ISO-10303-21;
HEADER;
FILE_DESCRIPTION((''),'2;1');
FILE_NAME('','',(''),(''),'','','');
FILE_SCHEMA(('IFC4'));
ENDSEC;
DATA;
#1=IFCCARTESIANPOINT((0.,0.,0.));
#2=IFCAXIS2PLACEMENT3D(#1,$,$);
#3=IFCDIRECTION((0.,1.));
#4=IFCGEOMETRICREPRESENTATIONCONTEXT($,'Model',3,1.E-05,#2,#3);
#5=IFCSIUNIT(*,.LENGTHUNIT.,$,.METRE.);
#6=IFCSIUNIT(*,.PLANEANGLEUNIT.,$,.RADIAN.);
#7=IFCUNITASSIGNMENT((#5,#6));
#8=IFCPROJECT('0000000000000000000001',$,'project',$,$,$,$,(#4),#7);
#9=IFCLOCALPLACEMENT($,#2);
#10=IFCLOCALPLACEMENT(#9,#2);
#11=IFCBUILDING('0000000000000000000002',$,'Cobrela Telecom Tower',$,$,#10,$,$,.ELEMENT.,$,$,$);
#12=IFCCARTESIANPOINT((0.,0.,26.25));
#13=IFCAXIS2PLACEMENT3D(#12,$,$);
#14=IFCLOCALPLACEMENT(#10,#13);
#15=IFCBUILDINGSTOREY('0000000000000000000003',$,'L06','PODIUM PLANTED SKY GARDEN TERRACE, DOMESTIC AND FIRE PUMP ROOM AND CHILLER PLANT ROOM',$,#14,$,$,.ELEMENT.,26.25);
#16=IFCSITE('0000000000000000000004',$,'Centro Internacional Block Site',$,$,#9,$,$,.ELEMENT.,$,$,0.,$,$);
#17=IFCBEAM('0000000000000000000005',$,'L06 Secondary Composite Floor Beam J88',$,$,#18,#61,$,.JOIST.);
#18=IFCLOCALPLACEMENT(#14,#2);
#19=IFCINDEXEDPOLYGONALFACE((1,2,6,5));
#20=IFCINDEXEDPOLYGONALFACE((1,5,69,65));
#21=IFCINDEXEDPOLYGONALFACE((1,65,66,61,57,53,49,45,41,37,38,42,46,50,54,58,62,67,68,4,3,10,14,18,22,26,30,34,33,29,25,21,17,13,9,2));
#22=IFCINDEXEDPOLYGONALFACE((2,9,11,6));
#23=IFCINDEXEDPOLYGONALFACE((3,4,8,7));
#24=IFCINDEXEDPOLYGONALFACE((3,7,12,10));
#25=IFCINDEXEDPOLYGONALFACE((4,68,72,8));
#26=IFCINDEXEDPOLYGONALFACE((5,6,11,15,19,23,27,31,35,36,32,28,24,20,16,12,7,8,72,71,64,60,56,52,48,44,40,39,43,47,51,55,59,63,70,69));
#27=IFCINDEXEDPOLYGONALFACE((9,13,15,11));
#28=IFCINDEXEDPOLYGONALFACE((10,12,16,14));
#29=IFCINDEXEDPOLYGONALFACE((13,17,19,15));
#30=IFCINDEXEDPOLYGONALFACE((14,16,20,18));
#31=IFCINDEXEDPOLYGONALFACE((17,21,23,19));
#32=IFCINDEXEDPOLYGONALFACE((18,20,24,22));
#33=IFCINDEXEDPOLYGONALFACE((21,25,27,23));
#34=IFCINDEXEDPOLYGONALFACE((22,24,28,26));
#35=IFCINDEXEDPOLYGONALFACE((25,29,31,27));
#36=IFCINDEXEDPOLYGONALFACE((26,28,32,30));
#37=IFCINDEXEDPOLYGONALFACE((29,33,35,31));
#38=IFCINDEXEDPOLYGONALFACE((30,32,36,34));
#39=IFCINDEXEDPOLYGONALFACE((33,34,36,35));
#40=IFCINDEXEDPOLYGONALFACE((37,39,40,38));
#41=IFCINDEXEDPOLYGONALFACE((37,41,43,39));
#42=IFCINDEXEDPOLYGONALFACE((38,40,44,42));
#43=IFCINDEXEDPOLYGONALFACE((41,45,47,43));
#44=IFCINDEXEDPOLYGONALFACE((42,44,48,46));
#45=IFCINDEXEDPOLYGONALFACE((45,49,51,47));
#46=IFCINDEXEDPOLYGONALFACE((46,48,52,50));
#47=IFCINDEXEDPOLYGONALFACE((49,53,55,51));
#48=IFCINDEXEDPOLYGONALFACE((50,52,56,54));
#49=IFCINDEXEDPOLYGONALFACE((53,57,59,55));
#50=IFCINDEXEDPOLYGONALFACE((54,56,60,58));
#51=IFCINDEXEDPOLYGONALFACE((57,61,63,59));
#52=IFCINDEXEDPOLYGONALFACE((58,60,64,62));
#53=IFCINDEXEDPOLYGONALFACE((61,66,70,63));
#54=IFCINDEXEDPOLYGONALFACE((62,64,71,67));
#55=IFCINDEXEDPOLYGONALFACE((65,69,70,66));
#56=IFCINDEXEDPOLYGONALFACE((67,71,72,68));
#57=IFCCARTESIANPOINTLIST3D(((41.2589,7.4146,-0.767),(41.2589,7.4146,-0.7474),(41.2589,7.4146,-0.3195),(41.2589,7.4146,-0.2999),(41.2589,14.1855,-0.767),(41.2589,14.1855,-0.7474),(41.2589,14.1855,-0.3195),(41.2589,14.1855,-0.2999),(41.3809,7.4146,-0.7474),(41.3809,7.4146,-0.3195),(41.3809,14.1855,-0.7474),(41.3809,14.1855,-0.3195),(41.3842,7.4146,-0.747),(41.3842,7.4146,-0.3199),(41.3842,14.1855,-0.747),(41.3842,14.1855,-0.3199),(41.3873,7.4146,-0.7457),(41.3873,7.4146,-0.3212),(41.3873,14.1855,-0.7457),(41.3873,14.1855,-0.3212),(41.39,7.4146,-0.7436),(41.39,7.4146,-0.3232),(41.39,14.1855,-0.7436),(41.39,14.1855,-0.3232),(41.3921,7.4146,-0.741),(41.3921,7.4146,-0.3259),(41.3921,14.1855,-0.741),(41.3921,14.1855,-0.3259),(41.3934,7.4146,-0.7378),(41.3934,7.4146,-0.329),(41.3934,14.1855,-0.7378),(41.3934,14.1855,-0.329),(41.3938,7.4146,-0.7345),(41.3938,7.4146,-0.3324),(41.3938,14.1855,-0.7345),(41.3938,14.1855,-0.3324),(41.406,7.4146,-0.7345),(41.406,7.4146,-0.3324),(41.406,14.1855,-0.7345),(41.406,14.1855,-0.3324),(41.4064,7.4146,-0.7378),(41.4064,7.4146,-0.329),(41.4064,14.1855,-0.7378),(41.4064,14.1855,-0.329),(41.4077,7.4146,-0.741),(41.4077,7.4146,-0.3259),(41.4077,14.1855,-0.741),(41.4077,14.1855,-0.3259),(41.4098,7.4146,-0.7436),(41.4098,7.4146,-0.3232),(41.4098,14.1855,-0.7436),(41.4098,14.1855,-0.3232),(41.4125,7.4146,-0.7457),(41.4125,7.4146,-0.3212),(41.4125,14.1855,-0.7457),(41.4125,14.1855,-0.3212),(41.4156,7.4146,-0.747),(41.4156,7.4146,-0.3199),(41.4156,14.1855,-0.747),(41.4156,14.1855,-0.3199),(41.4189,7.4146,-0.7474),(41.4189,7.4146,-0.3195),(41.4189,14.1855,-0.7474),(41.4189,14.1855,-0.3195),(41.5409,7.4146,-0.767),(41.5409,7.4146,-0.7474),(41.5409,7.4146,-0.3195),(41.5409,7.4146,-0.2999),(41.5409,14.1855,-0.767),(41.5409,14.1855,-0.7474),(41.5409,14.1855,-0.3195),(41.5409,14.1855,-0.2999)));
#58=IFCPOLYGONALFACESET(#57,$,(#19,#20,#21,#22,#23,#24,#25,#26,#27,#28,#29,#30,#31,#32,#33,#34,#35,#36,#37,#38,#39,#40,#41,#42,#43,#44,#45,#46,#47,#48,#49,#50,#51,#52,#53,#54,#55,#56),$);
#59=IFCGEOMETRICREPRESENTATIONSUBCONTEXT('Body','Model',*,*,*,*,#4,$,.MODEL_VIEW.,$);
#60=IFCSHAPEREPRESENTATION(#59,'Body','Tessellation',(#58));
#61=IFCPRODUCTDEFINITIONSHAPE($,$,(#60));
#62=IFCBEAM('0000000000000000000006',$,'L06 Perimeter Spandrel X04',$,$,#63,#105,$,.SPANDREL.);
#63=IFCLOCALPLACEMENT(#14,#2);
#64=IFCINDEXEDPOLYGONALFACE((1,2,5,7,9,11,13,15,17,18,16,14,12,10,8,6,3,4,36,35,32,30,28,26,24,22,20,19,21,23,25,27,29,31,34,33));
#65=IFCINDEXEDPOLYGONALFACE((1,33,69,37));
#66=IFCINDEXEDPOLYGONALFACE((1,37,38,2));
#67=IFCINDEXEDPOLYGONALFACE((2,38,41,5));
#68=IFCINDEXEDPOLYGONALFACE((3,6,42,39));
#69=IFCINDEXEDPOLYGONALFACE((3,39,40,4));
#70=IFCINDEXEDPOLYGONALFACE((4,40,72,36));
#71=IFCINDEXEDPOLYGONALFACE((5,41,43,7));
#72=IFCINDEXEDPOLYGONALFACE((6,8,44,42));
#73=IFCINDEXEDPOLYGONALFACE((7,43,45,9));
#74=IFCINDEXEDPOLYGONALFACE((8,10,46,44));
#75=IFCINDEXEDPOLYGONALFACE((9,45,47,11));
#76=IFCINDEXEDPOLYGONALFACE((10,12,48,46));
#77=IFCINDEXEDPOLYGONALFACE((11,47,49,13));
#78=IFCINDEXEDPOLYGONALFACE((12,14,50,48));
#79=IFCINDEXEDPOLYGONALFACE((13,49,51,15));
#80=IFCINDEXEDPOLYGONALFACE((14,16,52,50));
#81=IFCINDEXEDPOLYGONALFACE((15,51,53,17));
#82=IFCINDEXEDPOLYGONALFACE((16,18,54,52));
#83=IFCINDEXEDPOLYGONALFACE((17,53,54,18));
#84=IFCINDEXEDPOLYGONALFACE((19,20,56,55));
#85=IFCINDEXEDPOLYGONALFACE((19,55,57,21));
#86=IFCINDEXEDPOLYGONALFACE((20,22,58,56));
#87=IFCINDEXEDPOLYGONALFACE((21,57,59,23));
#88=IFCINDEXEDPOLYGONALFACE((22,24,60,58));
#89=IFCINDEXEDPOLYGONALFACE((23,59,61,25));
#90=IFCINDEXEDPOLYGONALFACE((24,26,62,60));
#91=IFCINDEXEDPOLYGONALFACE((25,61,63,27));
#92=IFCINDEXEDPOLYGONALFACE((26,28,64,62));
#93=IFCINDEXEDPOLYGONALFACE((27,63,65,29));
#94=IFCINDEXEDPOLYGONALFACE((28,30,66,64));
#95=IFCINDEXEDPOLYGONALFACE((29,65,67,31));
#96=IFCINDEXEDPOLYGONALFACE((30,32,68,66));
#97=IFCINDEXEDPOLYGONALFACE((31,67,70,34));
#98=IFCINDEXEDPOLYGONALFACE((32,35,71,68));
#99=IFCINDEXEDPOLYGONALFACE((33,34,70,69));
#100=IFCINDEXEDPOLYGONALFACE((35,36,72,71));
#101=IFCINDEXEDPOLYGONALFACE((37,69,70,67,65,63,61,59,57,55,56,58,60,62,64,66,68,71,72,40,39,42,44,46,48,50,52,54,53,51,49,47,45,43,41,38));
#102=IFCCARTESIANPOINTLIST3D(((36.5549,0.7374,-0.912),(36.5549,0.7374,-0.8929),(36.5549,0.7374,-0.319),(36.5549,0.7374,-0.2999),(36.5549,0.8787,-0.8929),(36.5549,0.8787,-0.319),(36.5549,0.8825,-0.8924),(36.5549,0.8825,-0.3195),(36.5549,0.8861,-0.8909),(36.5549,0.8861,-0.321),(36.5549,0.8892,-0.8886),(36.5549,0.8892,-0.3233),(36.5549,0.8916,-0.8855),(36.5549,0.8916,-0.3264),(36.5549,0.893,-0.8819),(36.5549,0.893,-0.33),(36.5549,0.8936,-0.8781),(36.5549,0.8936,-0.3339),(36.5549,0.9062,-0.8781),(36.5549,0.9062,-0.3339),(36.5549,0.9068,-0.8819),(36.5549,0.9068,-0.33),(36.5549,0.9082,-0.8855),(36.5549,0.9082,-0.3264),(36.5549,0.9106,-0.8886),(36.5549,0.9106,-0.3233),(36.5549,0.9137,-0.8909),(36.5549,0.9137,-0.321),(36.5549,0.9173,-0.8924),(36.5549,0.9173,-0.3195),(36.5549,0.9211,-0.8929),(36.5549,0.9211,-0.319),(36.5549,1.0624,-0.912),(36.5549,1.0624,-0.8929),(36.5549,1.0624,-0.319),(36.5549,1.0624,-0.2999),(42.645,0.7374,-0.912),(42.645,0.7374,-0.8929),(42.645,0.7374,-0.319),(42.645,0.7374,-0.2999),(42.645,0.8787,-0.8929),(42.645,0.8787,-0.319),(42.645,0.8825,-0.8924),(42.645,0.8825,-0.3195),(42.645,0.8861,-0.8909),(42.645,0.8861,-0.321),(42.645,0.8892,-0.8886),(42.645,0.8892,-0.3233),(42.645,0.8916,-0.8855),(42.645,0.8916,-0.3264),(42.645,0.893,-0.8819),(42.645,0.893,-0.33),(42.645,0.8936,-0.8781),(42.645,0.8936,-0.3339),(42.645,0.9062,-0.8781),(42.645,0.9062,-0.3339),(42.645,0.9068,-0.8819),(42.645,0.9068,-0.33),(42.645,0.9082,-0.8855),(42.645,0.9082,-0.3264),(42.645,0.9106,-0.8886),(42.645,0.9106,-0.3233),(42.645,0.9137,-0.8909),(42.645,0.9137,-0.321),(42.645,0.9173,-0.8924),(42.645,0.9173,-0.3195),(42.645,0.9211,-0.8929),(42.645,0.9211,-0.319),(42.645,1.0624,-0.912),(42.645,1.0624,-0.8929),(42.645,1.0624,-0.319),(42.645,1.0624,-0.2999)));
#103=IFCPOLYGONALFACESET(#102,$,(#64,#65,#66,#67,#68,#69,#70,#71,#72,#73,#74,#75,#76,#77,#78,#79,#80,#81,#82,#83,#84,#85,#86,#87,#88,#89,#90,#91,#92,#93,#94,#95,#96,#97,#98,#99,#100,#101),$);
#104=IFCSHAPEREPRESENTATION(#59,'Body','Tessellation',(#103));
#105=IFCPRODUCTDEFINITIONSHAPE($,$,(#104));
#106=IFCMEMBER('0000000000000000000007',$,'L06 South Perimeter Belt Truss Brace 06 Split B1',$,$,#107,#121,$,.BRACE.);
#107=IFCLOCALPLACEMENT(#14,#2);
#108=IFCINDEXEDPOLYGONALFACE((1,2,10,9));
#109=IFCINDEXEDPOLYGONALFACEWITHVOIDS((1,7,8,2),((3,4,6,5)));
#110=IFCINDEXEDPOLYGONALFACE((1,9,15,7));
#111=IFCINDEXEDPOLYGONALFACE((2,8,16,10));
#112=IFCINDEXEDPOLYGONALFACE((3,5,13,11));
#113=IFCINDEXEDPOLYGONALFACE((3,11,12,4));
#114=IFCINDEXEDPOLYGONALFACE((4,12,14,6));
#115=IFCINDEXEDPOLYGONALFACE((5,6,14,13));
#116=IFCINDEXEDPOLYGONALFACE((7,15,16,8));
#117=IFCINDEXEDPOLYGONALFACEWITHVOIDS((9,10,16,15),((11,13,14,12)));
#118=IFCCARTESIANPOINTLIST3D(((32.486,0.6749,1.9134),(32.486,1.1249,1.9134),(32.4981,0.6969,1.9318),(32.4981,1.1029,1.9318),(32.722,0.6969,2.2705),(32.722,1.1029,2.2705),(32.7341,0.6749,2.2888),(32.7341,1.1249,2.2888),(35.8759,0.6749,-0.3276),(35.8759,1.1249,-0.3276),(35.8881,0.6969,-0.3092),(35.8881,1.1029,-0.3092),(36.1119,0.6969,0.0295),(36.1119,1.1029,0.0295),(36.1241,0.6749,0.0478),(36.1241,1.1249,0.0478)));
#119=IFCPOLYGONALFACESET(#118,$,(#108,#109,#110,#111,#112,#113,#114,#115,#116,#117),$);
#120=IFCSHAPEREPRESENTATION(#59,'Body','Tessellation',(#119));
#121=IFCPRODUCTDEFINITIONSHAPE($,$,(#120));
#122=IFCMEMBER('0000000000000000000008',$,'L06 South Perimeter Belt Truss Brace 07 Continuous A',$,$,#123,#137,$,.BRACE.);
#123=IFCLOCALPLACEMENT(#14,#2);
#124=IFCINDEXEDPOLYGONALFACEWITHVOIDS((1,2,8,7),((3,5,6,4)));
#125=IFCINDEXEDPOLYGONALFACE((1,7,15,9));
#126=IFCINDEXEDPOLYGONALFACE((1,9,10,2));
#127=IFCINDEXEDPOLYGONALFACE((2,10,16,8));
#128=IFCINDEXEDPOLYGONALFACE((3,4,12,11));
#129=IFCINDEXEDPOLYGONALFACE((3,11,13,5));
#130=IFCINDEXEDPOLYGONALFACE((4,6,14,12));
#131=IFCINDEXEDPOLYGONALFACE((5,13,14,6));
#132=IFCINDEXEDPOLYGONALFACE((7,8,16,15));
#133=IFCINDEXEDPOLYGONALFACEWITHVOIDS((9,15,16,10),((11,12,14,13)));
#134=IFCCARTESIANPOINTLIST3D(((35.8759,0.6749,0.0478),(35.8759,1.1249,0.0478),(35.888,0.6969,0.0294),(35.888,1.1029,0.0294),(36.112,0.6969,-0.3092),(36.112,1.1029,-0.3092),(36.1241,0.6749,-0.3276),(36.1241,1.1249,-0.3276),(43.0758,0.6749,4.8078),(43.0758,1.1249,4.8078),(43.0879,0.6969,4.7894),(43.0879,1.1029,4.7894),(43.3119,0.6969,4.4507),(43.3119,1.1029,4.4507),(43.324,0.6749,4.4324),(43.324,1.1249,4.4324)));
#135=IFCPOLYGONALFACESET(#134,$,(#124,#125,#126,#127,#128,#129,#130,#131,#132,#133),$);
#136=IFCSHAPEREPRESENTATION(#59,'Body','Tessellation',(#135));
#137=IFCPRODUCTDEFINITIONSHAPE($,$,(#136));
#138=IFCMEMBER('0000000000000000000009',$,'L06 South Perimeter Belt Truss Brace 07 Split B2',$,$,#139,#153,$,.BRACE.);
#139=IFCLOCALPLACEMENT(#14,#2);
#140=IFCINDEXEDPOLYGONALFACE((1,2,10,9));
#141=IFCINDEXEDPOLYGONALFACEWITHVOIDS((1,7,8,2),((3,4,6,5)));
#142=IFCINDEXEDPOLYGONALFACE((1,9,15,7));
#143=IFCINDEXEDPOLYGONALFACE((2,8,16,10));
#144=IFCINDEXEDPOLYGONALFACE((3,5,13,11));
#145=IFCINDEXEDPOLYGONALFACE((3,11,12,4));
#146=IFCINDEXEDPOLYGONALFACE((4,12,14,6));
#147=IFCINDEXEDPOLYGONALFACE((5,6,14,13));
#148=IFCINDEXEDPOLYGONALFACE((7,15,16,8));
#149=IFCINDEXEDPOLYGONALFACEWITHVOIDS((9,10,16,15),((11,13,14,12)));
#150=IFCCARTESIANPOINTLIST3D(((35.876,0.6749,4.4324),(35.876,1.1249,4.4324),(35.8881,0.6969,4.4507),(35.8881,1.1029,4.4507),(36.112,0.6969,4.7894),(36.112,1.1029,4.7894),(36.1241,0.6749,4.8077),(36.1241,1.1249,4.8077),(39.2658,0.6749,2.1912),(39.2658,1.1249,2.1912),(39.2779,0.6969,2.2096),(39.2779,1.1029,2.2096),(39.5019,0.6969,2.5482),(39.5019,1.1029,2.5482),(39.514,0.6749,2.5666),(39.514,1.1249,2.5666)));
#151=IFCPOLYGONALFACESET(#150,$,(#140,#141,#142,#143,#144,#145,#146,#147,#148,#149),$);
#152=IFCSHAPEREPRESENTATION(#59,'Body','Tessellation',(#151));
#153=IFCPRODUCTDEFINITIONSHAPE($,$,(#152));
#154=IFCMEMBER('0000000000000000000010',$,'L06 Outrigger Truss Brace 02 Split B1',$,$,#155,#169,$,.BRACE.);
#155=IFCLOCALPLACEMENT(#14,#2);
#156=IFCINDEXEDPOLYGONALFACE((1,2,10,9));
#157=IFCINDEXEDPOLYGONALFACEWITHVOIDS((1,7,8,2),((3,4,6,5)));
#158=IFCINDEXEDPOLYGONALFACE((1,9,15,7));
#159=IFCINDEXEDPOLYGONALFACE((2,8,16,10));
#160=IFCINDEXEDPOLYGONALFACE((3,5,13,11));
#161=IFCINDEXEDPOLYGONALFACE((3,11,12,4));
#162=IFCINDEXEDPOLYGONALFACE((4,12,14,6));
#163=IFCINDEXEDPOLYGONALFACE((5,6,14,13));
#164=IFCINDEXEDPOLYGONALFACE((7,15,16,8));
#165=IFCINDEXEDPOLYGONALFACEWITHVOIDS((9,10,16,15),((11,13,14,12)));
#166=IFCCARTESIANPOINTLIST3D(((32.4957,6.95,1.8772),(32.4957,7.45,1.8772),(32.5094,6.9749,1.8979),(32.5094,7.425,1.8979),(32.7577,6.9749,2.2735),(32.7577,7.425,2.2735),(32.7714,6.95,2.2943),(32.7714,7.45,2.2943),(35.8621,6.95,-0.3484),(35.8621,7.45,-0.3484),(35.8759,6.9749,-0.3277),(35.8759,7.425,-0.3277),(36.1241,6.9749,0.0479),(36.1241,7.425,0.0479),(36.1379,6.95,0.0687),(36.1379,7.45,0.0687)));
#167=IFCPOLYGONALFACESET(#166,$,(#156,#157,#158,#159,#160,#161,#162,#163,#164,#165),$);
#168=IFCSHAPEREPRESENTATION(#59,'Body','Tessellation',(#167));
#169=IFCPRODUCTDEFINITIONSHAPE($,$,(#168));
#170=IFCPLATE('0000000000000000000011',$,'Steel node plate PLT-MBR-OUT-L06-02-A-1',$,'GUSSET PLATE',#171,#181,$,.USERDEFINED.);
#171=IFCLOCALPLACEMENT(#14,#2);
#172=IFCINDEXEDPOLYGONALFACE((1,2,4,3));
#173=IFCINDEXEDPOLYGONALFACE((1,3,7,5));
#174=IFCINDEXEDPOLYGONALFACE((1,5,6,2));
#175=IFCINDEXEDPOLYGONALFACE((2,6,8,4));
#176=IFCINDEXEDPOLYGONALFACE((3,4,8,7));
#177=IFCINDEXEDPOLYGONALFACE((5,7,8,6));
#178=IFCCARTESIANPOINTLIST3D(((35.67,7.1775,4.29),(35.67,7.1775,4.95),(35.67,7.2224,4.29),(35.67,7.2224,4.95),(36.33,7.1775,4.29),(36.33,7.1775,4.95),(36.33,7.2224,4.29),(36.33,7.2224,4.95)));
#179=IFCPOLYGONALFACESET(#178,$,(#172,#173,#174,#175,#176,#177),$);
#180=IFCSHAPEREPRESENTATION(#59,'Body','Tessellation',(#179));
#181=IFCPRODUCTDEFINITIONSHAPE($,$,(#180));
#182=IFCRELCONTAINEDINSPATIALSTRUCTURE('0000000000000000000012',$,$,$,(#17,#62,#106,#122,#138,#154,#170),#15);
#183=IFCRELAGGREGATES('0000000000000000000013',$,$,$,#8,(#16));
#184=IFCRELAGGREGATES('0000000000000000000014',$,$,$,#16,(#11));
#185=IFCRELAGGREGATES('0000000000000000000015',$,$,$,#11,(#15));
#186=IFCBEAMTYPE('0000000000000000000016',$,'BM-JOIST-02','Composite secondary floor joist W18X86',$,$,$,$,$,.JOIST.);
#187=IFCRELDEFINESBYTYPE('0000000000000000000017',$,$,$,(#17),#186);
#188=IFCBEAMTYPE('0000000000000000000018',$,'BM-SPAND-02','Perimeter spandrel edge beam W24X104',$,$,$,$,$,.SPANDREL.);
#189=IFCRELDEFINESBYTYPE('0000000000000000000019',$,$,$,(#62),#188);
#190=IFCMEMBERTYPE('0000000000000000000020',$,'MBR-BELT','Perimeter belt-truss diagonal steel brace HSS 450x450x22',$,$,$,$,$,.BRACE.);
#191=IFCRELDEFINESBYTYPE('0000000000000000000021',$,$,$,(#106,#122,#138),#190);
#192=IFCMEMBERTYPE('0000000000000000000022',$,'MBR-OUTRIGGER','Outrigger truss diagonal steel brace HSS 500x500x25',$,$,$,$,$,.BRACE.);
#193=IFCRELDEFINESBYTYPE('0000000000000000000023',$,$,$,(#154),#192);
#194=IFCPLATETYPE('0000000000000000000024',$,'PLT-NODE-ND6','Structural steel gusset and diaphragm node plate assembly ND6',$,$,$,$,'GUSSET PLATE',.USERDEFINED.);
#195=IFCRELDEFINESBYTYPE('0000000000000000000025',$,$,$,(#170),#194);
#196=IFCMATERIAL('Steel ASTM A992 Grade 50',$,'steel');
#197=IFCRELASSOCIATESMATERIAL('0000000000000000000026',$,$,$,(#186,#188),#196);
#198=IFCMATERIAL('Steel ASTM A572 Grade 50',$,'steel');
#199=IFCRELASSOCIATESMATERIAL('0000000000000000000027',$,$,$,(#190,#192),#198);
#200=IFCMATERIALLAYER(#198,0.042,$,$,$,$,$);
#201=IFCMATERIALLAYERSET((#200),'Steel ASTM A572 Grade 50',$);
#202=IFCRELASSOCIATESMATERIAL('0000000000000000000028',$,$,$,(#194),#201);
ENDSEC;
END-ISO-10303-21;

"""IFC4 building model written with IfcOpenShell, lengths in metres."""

from ifc_helpers import new_model, si_unit, direction, frame, origin, origin_2d, place, context, subcontext, project, spatial, rectangle, hollow_rectangle, i_section, extrude, material, layer, layer_set, material_profile, profile_set, type_object, element, save


model = new_model("IFC4")

# Units and contexts
model_context = context("Model", 3, precision=1e-05, world=origin(), true_north=direction((0.0, 1.0)))
body_context = subcontext(model_context, "Body", "Model", "MODEL_VIEW")
ifc_project = project(units=[si_unit("LENGTHUNIT", "METRE"), si_unit("PLANEANGLEUNIT", "RADIAN")], contexts=[model_context])

# Site, building, storey
site_placement = place(None, origin())
site = spatial("IfcSite", under=ifc_project, at=site_placement, Name="Centro Internacional Block Site", CompositionType="ELEMENT", RefElevation=0.0)
building_placement = place(site_placement, origin())
building = spatial("IfcBuilding", under=site, at=building_placement, Name="Cobrela Telecom Tower", CompositionType="ELEMENT")
storey_placement = place(building_placement, frame((0.0, 0.0, 26.25)))
storey = spatial("IfcBuildingStorey", under=building, at=storey_placement, Name="L06", Description="PODIUM PLANTED SKY GARDEN TERRACE, DOMESTIC AND FIRE PUMP ROOM AND CHILLER PLANT ROOM", CompositionType="ELEMENT", Elevation=26.25)

# Shared definitions
ifc_material_1 = material(Name="Steel ASTM A572 Grade 50", Category="steel")

# Beams
ifc_material_2 = material(Name="Steel ASTM A992 Grade 50", Category="steel")
ifc_material_profile_1 = material_profile(ifc_material_2, i_section(OverallWidth=0.282, OverallDepth=0.467, WebThickness=0.0122, FlangeThickness=0.0195, FilletRadius=0.0129, at=origin_2d()), Name="W18X86")
ifc_profile_set_1 = profile_set([ifc_material_profile_1], Name="Steel ASTM A992 Grade 50")
beam_type_1 = type_object("IfcBeamType", Name="BM-JOIST-02", Description="Composite secondary floor joist W18X86", PredefinedType="JOIST", material=ifc_profile_set_1)
beam_1_placement = place(storey_placement, frame((41.3999, 7.4146, -0.5334), z_axis=(0.0, 1.0, 0.0), x_axis=(-1.0, 0.0, 0.0)))
element("IfcBeam", 1, at=beam_1_placement, inside=storey, type_object=beam_type_1, Name="L06 Secondary Composite Floor Beam J88", PredefinedType="JOIST", context=body_context, shape_type="SweptSolid", body=[
    extrude(i_section(OverallWidth=0.282, OverallDepth=0.467, WebThickness=0.0122, FlangeThickness=0.0195, FilletRadius=0.0129, at=origin_2d()), origin(), (0.0, 0.0, 1.0), 6.771),
])
ifc_material_profile_2 = material_profile(ifc_material_2, i_section(OverallWidth=0.325, OverallDepth=0.6121, WebThickness=0.0127, FlangeThickness=0.019, FilletRadius=0.0149, at=origin_2d()), Name="W24X104")
ifc_profile_set_2 = profile_set([ifc_material_profile_2], Name="Steel ASTM A992 Grade 50")
beam_type_2 = type_object("IfcBeamType", Name="BM-SPAND-02", Description="Perimeter spandrel edge beam W24X104", PredefinedType="SPANDREL", material=ifc_profile_set_2)
beam_2_placement = place(storey_placement, frame((36.5549, 0.8999, -0.606), z_axis=(1.0, 0.0, 0.0), x_axis=(0.0, 1.0, 0.0)))
element("IfcBeam", 2, at=beam_2_placement, inside=storey, type_object=beam_type_2, Name="L06 Perimeter Spandrel X04", PredefinedType="SPANDREL", context=body_context, shape_type="SweptSolid", body=[
    extrude(i_section(OverallWidth=0.325, OverallDepth=0.6121, WebThickness=0.0127, FlangeThickness=0.019, FilletRadius=0.0149, at=origin_2d()), origin(), (0.0, 0.0, 1.0), 6.0901),
])

# Members
ifc_material_profile_3 = material_profile(ifc_material_1, hollow_rectangle(XDim=0.45, YDim=0.45, WallThickness=0.022, at=origin_2d()), Name="HSS 450x450x22")
ifc_profile_set_3 = profile_set([ifc_material_profile_3], Name="Steel ASTM A572 Grade 50")
member_type_1 = type_object("IfcMemberType", Name="MBR-BELT", Description="Perimeter belt-truss diagonal steel brace HSS 450x450x22", PredefinedType="BRACE", material=ifc_profile_set_3)
member_1_placement = place(storey_placement, frame((36.0, 0.8999, -0.1399), z_axis=(-0.834198, 0.0, 0.551466), x_axis=(0.0, -1.0, 0.0)))
element("IfcMember", 3, at=member_1_placement, inside=storey, type_object=member_type_1, Name="L06 South Perimeter Belt Truss Brace 06 Split B1", PredefinedType="BRACE", context=body_context, shape_type="SweptSolid", body=[
    extrude(hollow_rectangle(XDim=0.45, YDim=0.45, WallThickness=0.022, at=origin_2d()), origin(), (0.0, 0.0, 1.0), 4.0637),
])
member_2_placement = place(storey_placement, frame((36.0, 0.8999, -0.1399), z_axis=(0.834181, 0.0, 0.551491), x_axis=(0.0, 1.0, 0.0)))
element("IfcMember", 4, at=member_2_placement, inside=storey, type_object=member_type_1, Name="L06 South Perimeter Belt Truss Brace 07 Continuous A", PredefinedType="BRACE", context=body_context, shape_type="SweptSolid", body=[
    extrude(hollow_rectangle(XDim=0.45, YDim=0.45, WallThickness=0.022, at=origin_2d()), origin(), (0.0, 0.0, 1.0), 8.6311),
])
member_3_placement = place(storey_placement, frame((39.3899, 0.8999, 2.3789), z_axis=(-0.83417, 0.0, 0.551507), x_axis=(0.0, -1.0, 0.0)))
element("IfcMember", 5, at=member_3_placement, inside=storey, type_object=member_type_1, Name="L06 South Perimeter Belt Truss Brace 07 Split B2", PredefinedType="BRACE", context=body_context, shape_type="SweptSolid", body=[
    extrude(hollow_rectangle(XDim=0.45, YDim=0.45, WallThickness=0.022, at=origin_2d()), origin(), (0.0, 0.0, 1.0), 4.0637),
])
ifc_material_profile_4 = material_profile(ifc_material_1, hollow_rectangle(XDim=0.5, YDim=0.5, WallThickness=0.0249, at=origin_2d()), Name="HSS 500x500x25")
ifc_profile_set_4 = profile_set([ifc_material_profile_4], Name="Steel ASTM A572 Grade 50")
member_type_2 = type_object("IfcMemberType", Name="MBR-OUTRIGGER", Description="Outrigger truss diagonal steel brace HSS 500x500x25", PredefinedType="BRACE", material=ifc_profile_set_4)
member_4_placement = place(storey_placement, frame((36.0, 7.2, -0.1399), z_axis=(-0.834185, 0.0, 0.551485), x_axis=(0.0, -1.0, 0.0)))
element("IfcMember", 6, at=member_4_placement, inside=storey, type_object=member_type_2, Name="L06 Outrigger Truss Brace 02 Split B1", PredefinedType="BRACE", context=body_context, shape_type="SweptSolid", body=[
    extrude(hollow_rectangle(XDim=0.5, YDim=0.5, WallThickness=0.0249, at=origin_2d()), origin(), (0.0, 0.0, 1.0), 4.0356),
])

# Plate
ifc_layer_1 = layer(ifc_material_1, 0.042)
ifc_layer_set_1 = layer_set([ifc_layer_1], Name="Steel ASTM A572 Grade 50")
plate_type_1 = type_object("IfcPlateType", Name="PLT-NODE-ND6", Description="Structural steel gusset and diaphragm node plate assembly ND6", ElementType="GUSSET PLATE", PredefinedType="USERDEFINED", material=ifc_layer_set_1)
for number, where, z_axis, x_axis, name in (
    (7, (36.0, 7.2, 4.29), (0.0, 0.0, 1.0), (1.0, 0.0, 0.0), "Steel node plate PLT-MBR-OUT-L06-02-A-1"),
):
    element("IfcPlate", number, at=place(storey_placement, frame(where, z_axis=z_axis, x_axis=x_axis)), inside=storey, type_object=plate_type_1, Name=name, ObjectType="GUSSET PLATE", PredefinedType="USERDEFINED", context=body_context, shape_type="SweptSolid", body=[
        extrude(rectangle(XDim=0.6599, YDim=0.0449, at=origin_2d()), origin(), (0.0, 0.0, 1.0), 0.6599),
    ])

save(model, "model.ifc")
